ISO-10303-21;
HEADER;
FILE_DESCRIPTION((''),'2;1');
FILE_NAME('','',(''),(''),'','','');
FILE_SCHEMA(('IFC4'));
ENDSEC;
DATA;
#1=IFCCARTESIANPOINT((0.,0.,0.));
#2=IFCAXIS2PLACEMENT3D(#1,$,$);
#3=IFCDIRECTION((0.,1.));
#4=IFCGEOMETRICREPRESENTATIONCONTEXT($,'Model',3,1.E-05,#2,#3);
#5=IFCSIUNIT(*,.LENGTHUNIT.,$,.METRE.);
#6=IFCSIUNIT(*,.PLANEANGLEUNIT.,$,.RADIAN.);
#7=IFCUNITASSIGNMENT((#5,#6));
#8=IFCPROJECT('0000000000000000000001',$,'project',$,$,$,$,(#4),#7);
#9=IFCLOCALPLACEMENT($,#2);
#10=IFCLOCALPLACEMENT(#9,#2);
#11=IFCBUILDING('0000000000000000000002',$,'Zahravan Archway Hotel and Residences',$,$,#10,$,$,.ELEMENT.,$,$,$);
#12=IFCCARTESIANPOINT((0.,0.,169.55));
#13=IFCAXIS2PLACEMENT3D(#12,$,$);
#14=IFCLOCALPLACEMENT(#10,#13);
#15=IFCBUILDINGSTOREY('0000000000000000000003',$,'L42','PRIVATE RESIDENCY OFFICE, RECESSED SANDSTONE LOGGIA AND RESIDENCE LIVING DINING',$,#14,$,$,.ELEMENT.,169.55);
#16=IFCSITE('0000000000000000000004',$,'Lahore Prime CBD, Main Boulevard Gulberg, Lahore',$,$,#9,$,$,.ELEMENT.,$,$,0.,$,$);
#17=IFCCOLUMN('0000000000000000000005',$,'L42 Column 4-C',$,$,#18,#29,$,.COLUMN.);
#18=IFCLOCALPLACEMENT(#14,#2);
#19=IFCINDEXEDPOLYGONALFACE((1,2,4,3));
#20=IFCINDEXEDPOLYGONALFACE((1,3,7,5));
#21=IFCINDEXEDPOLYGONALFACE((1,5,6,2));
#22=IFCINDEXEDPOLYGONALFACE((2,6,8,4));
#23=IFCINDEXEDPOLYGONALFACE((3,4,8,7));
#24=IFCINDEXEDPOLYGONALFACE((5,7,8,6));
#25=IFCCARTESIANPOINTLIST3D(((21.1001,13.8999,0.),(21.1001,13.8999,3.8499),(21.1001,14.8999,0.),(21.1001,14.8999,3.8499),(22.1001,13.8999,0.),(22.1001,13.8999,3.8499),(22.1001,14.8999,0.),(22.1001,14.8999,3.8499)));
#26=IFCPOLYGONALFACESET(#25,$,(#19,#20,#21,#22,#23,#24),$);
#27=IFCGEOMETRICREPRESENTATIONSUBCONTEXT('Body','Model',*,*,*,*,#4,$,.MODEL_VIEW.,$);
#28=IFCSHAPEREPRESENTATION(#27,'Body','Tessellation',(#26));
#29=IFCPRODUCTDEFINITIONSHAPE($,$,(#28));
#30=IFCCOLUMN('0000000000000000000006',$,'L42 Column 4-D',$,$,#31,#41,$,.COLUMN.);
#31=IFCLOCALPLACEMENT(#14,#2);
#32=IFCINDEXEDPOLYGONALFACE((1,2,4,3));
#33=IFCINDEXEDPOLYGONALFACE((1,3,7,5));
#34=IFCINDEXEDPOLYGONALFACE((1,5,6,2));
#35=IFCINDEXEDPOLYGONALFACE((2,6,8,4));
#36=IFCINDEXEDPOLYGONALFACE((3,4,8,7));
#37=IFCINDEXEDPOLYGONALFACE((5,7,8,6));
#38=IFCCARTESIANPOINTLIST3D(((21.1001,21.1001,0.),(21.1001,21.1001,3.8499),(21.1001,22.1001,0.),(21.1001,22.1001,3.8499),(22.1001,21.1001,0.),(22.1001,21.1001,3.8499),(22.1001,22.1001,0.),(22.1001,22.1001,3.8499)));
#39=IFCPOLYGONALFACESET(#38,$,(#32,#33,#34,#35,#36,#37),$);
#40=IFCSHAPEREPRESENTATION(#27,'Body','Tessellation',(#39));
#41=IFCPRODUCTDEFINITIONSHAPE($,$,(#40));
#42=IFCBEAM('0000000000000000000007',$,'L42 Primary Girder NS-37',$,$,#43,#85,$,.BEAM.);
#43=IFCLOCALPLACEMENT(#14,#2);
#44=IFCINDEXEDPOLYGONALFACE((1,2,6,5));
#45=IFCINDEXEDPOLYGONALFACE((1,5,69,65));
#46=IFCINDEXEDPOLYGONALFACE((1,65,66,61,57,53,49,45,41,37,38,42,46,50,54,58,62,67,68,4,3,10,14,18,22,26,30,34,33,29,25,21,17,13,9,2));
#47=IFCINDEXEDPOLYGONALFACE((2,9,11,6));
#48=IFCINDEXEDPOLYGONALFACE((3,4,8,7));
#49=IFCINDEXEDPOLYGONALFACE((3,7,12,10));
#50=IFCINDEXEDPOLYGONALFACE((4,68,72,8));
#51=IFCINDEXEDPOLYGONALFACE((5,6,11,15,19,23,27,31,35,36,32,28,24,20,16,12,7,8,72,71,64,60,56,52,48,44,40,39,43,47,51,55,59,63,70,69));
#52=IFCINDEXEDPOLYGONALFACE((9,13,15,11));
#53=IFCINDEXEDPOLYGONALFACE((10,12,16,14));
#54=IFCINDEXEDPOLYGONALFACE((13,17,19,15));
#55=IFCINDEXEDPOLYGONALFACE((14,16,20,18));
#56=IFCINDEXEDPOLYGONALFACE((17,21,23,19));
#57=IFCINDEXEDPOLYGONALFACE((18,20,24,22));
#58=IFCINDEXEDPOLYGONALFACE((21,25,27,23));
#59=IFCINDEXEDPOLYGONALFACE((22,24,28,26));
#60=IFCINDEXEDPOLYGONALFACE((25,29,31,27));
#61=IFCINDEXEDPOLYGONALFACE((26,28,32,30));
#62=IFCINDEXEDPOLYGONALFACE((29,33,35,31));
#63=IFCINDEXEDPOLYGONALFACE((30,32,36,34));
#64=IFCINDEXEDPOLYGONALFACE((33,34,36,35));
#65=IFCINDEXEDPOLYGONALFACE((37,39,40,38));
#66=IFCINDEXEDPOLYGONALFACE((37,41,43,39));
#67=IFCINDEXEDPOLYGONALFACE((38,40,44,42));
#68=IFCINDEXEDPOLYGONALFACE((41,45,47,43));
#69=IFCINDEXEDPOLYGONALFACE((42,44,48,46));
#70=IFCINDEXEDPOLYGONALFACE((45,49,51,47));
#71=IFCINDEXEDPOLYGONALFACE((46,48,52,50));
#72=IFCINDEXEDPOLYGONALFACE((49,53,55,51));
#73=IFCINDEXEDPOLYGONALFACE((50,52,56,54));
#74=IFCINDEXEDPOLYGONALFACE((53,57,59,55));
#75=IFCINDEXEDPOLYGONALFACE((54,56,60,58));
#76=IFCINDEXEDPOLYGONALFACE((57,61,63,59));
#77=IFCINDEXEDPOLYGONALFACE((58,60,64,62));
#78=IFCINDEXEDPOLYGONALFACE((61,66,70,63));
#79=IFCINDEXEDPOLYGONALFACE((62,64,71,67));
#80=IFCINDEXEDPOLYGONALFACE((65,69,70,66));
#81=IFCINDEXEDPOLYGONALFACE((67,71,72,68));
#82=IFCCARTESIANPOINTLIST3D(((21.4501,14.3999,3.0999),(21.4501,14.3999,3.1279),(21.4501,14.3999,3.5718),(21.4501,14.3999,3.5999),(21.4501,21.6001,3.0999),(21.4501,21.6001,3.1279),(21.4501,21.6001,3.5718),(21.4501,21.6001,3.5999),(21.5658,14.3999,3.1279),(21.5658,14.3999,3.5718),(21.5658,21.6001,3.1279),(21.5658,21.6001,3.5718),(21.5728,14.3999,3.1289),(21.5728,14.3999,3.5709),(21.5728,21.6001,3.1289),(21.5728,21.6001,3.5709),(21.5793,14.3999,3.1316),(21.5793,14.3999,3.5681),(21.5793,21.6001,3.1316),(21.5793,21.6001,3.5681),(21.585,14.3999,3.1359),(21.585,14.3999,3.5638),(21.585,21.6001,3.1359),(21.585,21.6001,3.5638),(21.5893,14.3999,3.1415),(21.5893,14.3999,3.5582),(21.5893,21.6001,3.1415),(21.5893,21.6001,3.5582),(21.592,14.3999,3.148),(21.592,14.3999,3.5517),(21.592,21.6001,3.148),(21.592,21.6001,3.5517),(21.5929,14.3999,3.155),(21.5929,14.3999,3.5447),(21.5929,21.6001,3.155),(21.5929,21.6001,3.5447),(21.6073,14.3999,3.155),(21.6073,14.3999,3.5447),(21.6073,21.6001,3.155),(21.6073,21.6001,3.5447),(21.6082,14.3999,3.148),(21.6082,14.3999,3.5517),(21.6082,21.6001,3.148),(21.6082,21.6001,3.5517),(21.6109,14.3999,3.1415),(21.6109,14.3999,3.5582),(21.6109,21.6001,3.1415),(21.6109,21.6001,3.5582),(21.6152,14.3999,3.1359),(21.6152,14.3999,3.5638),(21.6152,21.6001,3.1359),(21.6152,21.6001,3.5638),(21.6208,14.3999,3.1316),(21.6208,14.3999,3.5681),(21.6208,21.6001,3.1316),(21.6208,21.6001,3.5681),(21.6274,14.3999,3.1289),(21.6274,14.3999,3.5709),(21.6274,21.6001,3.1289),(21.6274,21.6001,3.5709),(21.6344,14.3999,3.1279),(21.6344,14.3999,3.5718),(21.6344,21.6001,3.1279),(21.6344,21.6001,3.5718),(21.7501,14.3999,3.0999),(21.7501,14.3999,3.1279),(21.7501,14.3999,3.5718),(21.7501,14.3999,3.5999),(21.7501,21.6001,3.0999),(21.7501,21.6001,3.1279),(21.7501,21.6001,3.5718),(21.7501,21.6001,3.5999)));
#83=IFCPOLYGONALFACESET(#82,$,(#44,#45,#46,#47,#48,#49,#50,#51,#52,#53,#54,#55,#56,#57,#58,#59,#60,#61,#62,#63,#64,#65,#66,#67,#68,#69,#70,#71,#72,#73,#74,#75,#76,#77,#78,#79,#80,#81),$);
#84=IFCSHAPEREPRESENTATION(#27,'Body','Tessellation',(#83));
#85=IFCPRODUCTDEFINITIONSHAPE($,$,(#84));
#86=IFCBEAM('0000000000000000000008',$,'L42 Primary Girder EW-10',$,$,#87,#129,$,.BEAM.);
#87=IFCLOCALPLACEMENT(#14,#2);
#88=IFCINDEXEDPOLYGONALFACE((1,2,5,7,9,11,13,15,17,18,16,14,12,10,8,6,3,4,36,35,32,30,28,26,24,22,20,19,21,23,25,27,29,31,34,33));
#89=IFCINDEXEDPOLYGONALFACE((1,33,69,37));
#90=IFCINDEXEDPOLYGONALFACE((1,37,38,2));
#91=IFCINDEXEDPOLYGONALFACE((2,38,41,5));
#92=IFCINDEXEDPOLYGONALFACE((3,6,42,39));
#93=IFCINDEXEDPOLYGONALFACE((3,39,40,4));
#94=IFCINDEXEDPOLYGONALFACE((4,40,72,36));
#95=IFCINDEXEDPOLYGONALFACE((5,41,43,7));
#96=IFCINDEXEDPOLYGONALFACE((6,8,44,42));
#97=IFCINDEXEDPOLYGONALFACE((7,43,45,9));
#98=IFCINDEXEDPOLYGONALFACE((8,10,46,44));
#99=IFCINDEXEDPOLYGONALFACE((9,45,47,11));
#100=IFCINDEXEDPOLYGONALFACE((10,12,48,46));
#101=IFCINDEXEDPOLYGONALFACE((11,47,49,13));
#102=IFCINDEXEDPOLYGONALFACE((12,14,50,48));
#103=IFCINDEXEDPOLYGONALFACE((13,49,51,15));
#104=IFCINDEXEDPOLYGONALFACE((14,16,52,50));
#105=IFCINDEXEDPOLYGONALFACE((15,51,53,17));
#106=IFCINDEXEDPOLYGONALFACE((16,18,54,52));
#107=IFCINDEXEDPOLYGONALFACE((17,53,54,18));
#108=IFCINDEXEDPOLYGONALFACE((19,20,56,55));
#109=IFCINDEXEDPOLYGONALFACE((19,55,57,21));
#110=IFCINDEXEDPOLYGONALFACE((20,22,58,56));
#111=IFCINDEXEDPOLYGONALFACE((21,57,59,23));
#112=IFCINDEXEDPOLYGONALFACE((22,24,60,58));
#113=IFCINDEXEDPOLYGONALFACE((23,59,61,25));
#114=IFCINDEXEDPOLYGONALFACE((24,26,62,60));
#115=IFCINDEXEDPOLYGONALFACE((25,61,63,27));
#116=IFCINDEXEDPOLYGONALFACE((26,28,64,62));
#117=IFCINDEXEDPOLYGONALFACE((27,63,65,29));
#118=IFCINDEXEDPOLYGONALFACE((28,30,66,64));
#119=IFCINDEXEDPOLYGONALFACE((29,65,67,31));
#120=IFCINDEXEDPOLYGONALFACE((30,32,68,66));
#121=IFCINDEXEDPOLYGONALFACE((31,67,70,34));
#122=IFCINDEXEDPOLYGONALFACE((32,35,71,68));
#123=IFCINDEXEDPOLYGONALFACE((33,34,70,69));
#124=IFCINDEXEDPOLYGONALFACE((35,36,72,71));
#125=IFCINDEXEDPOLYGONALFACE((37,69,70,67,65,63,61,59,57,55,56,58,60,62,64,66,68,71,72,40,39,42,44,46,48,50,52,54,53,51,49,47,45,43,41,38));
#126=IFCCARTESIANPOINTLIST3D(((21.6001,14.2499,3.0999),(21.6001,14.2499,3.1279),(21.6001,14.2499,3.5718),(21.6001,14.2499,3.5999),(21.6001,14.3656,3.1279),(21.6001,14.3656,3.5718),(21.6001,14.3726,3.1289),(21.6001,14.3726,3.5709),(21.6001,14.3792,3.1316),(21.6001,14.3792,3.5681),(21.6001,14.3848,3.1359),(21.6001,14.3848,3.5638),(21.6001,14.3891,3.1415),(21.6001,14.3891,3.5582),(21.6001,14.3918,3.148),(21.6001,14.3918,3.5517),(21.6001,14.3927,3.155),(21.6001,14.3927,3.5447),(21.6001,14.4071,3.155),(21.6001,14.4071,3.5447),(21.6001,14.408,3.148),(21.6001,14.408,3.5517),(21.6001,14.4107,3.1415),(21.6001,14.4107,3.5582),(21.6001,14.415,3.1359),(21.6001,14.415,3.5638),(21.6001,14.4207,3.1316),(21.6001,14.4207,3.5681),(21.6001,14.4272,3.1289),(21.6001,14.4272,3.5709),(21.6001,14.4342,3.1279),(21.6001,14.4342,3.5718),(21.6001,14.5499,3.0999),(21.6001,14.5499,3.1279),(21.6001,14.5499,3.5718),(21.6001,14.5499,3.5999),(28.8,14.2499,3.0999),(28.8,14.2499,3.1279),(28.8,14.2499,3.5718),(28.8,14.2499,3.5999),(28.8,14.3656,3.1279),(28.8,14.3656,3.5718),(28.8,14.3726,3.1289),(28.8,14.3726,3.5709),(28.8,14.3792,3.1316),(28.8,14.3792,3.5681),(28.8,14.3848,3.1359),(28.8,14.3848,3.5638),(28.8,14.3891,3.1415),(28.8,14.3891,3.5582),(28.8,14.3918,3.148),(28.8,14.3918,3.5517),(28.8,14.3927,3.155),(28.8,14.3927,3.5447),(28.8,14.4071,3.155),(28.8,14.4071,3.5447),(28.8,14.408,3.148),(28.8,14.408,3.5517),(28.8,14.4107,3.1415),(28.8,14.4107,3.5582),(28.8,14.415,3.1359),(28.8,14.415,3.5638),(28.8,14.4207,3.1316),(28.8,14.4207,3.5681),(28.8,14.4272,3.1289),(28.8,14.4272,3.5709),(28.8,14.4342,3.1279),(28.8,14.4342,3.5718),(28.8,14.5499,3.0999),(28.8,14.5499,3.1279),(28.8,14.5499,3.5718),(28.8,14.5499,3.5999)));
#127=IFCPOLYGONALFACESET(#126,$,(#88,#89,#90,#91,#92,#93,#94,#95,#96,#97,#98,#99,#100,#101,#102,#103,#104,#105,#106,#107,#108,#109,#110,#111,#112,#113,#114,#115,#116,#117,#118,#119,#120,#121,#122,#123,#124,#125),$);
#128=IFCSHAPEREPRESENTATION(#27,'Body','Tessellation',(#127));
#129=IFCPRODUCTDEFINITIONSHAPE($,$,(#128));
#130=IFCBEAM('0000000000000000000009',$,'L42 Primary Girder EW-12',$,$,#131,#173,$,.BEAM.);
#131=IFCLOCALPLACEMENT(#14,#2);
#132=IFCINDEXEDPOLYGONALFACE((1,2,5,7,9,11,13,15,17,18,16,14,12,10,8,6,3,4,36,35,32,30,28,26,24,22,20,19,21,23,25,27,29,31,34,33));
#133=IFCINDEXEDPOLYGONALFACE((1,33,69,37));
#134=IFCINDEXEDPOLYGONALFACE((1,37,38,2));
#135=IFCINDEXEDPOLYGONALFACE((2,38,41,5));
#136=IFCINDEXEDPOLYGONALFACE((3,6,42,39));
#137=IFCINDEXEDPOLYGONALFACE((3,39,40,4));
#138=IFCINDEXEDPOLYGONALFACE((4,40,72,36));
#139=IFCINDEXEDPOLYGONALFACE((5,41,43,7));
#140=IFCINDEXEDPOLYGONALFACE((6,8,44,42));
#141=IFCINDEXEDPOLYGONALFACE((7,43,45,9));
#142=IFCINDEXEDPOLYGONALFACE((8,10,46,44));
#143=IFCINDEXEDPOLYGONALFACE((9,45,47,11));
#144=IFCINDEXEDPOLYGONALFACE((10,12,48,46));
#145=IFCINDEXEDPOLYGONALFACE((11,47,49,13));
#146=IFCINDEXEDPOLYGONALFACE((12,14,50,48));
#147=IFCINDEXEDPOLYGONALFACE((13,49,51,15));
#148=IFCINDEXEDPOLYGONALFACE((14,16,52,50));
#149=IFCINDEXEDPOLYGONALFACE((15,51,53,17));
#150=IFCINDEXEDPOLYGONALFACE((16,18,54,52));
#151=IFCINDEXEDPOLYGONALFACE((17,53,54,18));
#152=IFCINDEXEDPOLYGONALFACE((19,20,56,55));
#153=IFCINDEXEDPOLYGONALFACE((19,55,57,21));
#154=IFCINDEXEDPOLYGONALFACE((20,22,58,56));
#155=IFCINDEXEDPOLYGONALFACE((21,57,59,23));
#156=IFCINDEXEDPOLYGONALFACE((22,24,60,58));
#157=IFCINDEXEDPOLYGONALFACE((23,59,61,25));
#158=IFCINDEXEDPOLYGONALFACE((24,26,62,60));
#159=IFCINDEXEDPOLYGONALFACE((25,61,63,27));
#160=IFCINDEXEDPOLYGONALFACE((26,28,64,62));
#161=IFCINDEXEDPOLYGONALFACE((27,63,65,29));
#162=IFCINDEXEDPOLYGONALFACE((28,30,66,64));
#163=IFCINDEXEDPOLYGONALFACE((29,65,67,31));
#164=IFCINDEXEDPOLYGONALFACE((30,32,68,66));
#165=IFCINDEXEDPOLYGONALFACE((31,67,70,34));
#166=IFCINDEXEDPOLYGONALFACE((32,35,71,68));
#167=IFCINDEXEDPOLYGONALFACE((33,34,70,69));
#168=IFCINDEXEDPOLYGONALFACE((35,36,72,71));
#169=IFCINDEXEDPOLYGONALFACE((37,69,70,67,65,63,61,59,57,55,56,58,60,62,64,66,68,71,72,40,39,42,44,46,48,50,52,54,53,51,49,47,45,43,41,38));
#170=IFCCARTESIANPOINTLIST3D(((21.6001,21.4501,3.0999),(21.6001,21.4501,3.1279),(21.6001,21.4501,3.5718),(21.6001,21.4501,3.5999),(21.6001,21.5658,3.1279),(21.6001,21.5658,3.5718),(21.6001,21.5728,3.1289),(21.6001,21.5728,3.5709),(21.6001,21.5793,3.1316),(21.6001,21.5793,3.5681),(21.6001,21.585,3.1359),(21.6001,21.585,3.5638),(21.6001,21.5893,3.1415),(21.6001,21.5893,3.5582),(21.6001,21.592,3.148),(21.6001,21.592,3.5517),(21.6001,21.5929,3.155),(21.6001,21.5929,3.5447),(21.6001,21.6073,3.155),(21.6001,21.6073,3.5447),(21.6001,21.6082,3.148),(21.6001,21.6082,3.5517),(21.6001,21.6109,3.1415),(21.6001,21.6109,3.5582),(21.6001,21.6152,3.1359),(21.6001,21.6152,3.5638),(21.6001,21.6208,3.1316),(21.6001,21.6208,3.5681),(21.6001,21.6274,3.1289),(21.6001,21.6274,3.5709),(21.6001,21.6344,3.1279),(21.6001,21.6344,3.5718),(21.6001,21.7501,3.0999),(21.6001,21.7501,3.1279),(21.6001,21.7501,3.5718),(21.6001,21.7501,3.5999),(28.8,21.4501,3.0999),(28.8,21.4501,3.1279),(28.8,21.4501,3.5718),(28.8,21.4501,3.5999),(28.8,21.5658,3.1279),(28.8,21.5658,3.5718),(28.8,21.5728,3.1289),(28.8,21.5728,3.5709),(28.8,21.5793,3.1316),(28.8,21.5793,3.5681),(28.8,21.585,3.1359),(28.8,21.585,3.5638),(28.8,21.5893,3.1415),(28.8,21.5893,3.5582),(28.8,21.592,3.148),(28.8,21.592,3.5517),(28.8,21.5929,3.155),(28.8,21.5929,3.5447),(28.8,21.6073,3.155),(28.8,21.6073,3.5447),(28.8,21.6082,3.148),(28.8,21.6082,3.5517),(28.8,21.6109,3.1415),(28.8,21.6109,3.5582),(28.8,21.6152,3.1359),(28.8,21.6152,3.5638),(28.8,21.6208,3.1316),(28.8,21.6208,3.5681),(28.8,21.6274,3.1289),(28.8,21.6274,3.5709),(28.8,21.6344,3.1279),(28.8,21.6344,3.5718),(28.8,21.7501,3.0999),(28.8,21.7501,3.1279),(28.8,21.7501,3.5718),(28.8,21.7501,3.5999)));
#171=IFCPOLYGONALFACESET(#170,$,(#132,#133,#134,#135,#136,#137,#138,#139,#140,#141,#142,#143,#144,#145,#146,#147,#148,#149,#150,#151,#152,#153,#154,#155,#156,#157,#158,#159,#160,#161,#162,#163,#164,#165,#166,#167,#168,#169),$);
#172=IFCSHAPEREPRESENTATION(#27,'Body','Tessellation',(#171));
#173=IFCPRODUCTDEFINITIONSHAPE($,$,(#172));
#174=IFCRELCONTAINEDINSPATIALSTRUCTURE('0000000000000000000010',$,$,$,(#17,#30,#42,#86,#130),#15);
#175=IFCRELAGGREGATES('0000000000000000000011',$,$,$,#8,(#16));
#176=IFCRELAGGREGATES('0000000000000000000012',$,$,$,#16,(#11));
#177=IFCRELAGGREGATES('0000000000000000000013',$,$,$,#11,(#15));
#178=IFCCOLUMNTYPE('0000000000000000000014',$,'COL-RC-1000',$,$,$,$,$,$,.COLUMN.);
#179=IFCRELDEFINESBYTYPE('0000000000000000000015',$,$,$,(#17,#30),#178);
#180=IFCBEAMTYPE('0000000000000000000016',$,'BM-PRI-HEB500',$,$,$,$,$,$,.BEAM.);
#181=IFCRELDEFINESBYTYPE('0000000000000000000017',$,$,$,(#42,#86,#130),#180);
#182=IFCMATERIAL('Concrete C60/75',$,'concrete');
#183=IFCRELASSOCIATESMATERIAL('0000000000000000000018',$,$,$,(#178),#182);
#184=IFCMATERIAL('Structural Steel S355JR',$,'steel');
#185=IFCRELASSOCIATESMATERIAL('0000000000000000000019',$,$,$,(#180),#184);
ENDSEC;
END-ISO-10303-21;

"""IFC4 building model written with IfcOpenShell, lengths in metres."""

from ifc_helpers import new_model, si_unit, direction, frame, origin, origin_2d, place, context, subcontext, project, spatial, rectangle, i_section, extrude, source, transform, mapped, material, material_profile, profile_set, type_object, type_shapes, element, save


model = new_model("IFC4")

# Units and contexts
model_context = context("Model", 3, precision=1e-05, world=origin(), true_north=direction((0.0, 1.0)))
body_context = subcontext(model_context, "Body", "Model", "MODEL_VIEW")
ifc_project = project(units=[si_unit("LENGTHUNIT", "METRE"), si_unit("PLANEANGLEUNIT", "RADIAN")], contexts=[model_context])

# Site, building, storey
site_placement = place(None, origin())
site = spatial("IfcSite", under=ifc_project, at=site_placement, Name="Lahore Prime CBD, Main Boulevard Gulberg, Lahore", CompositionType="ELEMENT", RefElevation=0.0)
building_placement = place(site_placement, origin())
building = spatial("IfcBuilding", under=site, at=building_placement, Name="Zahravan Archway Hotel and Residences", CompositionType="ELEMENT")
storey_placement = place(building_placement, frame((0.0, 0.0, 169.55)))
storey = spatial("IfcBuildingStorey", under=building, at=storey_placement, Name="L42", Description="PRIVATE RESIDENCY OFFICE, RECESSED SANDSTONE LOGGIA AND RESIDENCE LIVING DINING", CompositionType="ELEMENT", Elevation=169.55)

# Columns
ifc_material_1 = material(Name="Concrete C60/75", Category="concrete")
ifc_material_profile_1 = material_profile(ifc_material_1, rectangle(XDim=1.0, YDim=1.0, at=origin_2d()), Name="RC-COL-1000x1000", Category="concrete")
ifc_profile_set_1 = profile_set([ifc_material_profile_1], Name="Concrete C60/75")
column_type = type_object("IfcColumnType", Name="COL-RC-1000", PredefinedType="COLUMN", material=ifc_profile_set_1)
shared_shape_1 = source(origin(), body_context, "Body", "SweptSolid", [
    extrude(rectangle(XDim=1.0, YDim=1.0, at=origin_2d()), origin(), (0.0, 0.0, 1.0), 3.8499),
])
for number, where, z_axis, x_axis, name in (
    (1, (21.6001, 14.3999, 0.0), (0.0, 0.0, 1.0), (1.0, 0.0, 0.0), "L42 Column 4-C"),
    (2, (21.6001, 21.6001, 0.0), (0.0, 0.0, 1.0), (1.0, 0.0, 0.0), "L42 Column 4-D"),
):
    element("IfcColumn", number, at=place(storey_placement, frame(where, z_axis=z_axis, x_axis=x_axis)), inside=storey, type_object=column_type, Name=name, PredefinedType="COLUMN", context=body_context, shape_type="MappedRepresentation", body=[
        mapped(shared_shape_1, transform((0.0, 0.0, 0.0), scale=1.0)),
    ])

# Beams
ifc_material_2 = material(Name="Structural Steel S355JR", Category="steel")
ifc_material_profile_2 = material_profile(ifc_material_2, i_section(OverallWidth=0.3, OverallDepth=0.5, WebThickness=0.0144, FlangeThickness=0.0281, FilletRadius=0.0271, at=origin_2d()), Name="HEB 500", Category="steel")
ifc_profile_set_2 = profile_set([ifc_material_profile_2], Name="Structural Steel S355JR")
beam_type_1 = type_object("IfcBeamType", Name="BM-PRI-HEB500", PredefinedType="BEAM", material=ifc_profile_set_2)
shared_shape_2 = source(origin(), body_context, "Body", "SweptSolid", [
    extrude(i_section(OverallWidth=0.3, OverallDepth=0.5, WebThickness=0.0144, FlangeThickness=0.0281, FilletRadius=0.0271, at=origin_2d()), origin(), (0.0, 0.0, 1.0), 7.2002),
])
type_shapes(beam_type_1, [shared_shape_2])
beam_1_placement = place(storey_placement, frame((21.6001, 14.3999, 3.3499), z_axis=(0.0, 1.0, 0.0), x_axis=(-1.0, 0.0, 0.0)))
element("IfcBeam", 3, at=beam_1_placement, inside=storey, type_object=beam_type_1, Name="L42 Primary Girder NS-37", PredefinedType="BEAM", context=body_context, shape_type="MappedRepresentation", body=[
    mapped(shared_shape_2, transform((0.0, 0.0, 0.0), scale=1.0)),
])
shared_shape_3 = source(origin(), body_context, "Body", "SweptSolid", [
    extrude(i_section(OverallWidth=0.3, OverallDepth=0.5, WebThickness=0.0144, FlangeThickness=0.0281, FilletRadius=0.0271, at=origin_2d()), origin(), (0.0, 0.0, 1.0), 7.2),
])
for number, where, z_axis, x_axis, name in (
    (4, (21.6001, 14.3999, 3.3499), (1.0, 0.0, 0.0), (0.0, 1.0, 0.0), "L42 Primary Girder EW-10"),
    (5, (21.6001, 21.6001, 3.3499), (1.0, 0.0, 0.0), (0.0, 1.0, 0.0), "L42 Primary Girder EW-12"),
):
    element("IfcBeam", number, at=place(storey_placement, frame(where, z_axis=z_axis, x_axis=x_axis)), inside=storey, type_object=beam_type_1, Name=name, PredefinedType="BEAM", context=body_context, shape_type="MappedRepresentation", body=[
        mapped(shared_shape_3, transform((0.0, 0.0, 0.0), scale=1.0)),
    ])

save(model, "model.ifc")
